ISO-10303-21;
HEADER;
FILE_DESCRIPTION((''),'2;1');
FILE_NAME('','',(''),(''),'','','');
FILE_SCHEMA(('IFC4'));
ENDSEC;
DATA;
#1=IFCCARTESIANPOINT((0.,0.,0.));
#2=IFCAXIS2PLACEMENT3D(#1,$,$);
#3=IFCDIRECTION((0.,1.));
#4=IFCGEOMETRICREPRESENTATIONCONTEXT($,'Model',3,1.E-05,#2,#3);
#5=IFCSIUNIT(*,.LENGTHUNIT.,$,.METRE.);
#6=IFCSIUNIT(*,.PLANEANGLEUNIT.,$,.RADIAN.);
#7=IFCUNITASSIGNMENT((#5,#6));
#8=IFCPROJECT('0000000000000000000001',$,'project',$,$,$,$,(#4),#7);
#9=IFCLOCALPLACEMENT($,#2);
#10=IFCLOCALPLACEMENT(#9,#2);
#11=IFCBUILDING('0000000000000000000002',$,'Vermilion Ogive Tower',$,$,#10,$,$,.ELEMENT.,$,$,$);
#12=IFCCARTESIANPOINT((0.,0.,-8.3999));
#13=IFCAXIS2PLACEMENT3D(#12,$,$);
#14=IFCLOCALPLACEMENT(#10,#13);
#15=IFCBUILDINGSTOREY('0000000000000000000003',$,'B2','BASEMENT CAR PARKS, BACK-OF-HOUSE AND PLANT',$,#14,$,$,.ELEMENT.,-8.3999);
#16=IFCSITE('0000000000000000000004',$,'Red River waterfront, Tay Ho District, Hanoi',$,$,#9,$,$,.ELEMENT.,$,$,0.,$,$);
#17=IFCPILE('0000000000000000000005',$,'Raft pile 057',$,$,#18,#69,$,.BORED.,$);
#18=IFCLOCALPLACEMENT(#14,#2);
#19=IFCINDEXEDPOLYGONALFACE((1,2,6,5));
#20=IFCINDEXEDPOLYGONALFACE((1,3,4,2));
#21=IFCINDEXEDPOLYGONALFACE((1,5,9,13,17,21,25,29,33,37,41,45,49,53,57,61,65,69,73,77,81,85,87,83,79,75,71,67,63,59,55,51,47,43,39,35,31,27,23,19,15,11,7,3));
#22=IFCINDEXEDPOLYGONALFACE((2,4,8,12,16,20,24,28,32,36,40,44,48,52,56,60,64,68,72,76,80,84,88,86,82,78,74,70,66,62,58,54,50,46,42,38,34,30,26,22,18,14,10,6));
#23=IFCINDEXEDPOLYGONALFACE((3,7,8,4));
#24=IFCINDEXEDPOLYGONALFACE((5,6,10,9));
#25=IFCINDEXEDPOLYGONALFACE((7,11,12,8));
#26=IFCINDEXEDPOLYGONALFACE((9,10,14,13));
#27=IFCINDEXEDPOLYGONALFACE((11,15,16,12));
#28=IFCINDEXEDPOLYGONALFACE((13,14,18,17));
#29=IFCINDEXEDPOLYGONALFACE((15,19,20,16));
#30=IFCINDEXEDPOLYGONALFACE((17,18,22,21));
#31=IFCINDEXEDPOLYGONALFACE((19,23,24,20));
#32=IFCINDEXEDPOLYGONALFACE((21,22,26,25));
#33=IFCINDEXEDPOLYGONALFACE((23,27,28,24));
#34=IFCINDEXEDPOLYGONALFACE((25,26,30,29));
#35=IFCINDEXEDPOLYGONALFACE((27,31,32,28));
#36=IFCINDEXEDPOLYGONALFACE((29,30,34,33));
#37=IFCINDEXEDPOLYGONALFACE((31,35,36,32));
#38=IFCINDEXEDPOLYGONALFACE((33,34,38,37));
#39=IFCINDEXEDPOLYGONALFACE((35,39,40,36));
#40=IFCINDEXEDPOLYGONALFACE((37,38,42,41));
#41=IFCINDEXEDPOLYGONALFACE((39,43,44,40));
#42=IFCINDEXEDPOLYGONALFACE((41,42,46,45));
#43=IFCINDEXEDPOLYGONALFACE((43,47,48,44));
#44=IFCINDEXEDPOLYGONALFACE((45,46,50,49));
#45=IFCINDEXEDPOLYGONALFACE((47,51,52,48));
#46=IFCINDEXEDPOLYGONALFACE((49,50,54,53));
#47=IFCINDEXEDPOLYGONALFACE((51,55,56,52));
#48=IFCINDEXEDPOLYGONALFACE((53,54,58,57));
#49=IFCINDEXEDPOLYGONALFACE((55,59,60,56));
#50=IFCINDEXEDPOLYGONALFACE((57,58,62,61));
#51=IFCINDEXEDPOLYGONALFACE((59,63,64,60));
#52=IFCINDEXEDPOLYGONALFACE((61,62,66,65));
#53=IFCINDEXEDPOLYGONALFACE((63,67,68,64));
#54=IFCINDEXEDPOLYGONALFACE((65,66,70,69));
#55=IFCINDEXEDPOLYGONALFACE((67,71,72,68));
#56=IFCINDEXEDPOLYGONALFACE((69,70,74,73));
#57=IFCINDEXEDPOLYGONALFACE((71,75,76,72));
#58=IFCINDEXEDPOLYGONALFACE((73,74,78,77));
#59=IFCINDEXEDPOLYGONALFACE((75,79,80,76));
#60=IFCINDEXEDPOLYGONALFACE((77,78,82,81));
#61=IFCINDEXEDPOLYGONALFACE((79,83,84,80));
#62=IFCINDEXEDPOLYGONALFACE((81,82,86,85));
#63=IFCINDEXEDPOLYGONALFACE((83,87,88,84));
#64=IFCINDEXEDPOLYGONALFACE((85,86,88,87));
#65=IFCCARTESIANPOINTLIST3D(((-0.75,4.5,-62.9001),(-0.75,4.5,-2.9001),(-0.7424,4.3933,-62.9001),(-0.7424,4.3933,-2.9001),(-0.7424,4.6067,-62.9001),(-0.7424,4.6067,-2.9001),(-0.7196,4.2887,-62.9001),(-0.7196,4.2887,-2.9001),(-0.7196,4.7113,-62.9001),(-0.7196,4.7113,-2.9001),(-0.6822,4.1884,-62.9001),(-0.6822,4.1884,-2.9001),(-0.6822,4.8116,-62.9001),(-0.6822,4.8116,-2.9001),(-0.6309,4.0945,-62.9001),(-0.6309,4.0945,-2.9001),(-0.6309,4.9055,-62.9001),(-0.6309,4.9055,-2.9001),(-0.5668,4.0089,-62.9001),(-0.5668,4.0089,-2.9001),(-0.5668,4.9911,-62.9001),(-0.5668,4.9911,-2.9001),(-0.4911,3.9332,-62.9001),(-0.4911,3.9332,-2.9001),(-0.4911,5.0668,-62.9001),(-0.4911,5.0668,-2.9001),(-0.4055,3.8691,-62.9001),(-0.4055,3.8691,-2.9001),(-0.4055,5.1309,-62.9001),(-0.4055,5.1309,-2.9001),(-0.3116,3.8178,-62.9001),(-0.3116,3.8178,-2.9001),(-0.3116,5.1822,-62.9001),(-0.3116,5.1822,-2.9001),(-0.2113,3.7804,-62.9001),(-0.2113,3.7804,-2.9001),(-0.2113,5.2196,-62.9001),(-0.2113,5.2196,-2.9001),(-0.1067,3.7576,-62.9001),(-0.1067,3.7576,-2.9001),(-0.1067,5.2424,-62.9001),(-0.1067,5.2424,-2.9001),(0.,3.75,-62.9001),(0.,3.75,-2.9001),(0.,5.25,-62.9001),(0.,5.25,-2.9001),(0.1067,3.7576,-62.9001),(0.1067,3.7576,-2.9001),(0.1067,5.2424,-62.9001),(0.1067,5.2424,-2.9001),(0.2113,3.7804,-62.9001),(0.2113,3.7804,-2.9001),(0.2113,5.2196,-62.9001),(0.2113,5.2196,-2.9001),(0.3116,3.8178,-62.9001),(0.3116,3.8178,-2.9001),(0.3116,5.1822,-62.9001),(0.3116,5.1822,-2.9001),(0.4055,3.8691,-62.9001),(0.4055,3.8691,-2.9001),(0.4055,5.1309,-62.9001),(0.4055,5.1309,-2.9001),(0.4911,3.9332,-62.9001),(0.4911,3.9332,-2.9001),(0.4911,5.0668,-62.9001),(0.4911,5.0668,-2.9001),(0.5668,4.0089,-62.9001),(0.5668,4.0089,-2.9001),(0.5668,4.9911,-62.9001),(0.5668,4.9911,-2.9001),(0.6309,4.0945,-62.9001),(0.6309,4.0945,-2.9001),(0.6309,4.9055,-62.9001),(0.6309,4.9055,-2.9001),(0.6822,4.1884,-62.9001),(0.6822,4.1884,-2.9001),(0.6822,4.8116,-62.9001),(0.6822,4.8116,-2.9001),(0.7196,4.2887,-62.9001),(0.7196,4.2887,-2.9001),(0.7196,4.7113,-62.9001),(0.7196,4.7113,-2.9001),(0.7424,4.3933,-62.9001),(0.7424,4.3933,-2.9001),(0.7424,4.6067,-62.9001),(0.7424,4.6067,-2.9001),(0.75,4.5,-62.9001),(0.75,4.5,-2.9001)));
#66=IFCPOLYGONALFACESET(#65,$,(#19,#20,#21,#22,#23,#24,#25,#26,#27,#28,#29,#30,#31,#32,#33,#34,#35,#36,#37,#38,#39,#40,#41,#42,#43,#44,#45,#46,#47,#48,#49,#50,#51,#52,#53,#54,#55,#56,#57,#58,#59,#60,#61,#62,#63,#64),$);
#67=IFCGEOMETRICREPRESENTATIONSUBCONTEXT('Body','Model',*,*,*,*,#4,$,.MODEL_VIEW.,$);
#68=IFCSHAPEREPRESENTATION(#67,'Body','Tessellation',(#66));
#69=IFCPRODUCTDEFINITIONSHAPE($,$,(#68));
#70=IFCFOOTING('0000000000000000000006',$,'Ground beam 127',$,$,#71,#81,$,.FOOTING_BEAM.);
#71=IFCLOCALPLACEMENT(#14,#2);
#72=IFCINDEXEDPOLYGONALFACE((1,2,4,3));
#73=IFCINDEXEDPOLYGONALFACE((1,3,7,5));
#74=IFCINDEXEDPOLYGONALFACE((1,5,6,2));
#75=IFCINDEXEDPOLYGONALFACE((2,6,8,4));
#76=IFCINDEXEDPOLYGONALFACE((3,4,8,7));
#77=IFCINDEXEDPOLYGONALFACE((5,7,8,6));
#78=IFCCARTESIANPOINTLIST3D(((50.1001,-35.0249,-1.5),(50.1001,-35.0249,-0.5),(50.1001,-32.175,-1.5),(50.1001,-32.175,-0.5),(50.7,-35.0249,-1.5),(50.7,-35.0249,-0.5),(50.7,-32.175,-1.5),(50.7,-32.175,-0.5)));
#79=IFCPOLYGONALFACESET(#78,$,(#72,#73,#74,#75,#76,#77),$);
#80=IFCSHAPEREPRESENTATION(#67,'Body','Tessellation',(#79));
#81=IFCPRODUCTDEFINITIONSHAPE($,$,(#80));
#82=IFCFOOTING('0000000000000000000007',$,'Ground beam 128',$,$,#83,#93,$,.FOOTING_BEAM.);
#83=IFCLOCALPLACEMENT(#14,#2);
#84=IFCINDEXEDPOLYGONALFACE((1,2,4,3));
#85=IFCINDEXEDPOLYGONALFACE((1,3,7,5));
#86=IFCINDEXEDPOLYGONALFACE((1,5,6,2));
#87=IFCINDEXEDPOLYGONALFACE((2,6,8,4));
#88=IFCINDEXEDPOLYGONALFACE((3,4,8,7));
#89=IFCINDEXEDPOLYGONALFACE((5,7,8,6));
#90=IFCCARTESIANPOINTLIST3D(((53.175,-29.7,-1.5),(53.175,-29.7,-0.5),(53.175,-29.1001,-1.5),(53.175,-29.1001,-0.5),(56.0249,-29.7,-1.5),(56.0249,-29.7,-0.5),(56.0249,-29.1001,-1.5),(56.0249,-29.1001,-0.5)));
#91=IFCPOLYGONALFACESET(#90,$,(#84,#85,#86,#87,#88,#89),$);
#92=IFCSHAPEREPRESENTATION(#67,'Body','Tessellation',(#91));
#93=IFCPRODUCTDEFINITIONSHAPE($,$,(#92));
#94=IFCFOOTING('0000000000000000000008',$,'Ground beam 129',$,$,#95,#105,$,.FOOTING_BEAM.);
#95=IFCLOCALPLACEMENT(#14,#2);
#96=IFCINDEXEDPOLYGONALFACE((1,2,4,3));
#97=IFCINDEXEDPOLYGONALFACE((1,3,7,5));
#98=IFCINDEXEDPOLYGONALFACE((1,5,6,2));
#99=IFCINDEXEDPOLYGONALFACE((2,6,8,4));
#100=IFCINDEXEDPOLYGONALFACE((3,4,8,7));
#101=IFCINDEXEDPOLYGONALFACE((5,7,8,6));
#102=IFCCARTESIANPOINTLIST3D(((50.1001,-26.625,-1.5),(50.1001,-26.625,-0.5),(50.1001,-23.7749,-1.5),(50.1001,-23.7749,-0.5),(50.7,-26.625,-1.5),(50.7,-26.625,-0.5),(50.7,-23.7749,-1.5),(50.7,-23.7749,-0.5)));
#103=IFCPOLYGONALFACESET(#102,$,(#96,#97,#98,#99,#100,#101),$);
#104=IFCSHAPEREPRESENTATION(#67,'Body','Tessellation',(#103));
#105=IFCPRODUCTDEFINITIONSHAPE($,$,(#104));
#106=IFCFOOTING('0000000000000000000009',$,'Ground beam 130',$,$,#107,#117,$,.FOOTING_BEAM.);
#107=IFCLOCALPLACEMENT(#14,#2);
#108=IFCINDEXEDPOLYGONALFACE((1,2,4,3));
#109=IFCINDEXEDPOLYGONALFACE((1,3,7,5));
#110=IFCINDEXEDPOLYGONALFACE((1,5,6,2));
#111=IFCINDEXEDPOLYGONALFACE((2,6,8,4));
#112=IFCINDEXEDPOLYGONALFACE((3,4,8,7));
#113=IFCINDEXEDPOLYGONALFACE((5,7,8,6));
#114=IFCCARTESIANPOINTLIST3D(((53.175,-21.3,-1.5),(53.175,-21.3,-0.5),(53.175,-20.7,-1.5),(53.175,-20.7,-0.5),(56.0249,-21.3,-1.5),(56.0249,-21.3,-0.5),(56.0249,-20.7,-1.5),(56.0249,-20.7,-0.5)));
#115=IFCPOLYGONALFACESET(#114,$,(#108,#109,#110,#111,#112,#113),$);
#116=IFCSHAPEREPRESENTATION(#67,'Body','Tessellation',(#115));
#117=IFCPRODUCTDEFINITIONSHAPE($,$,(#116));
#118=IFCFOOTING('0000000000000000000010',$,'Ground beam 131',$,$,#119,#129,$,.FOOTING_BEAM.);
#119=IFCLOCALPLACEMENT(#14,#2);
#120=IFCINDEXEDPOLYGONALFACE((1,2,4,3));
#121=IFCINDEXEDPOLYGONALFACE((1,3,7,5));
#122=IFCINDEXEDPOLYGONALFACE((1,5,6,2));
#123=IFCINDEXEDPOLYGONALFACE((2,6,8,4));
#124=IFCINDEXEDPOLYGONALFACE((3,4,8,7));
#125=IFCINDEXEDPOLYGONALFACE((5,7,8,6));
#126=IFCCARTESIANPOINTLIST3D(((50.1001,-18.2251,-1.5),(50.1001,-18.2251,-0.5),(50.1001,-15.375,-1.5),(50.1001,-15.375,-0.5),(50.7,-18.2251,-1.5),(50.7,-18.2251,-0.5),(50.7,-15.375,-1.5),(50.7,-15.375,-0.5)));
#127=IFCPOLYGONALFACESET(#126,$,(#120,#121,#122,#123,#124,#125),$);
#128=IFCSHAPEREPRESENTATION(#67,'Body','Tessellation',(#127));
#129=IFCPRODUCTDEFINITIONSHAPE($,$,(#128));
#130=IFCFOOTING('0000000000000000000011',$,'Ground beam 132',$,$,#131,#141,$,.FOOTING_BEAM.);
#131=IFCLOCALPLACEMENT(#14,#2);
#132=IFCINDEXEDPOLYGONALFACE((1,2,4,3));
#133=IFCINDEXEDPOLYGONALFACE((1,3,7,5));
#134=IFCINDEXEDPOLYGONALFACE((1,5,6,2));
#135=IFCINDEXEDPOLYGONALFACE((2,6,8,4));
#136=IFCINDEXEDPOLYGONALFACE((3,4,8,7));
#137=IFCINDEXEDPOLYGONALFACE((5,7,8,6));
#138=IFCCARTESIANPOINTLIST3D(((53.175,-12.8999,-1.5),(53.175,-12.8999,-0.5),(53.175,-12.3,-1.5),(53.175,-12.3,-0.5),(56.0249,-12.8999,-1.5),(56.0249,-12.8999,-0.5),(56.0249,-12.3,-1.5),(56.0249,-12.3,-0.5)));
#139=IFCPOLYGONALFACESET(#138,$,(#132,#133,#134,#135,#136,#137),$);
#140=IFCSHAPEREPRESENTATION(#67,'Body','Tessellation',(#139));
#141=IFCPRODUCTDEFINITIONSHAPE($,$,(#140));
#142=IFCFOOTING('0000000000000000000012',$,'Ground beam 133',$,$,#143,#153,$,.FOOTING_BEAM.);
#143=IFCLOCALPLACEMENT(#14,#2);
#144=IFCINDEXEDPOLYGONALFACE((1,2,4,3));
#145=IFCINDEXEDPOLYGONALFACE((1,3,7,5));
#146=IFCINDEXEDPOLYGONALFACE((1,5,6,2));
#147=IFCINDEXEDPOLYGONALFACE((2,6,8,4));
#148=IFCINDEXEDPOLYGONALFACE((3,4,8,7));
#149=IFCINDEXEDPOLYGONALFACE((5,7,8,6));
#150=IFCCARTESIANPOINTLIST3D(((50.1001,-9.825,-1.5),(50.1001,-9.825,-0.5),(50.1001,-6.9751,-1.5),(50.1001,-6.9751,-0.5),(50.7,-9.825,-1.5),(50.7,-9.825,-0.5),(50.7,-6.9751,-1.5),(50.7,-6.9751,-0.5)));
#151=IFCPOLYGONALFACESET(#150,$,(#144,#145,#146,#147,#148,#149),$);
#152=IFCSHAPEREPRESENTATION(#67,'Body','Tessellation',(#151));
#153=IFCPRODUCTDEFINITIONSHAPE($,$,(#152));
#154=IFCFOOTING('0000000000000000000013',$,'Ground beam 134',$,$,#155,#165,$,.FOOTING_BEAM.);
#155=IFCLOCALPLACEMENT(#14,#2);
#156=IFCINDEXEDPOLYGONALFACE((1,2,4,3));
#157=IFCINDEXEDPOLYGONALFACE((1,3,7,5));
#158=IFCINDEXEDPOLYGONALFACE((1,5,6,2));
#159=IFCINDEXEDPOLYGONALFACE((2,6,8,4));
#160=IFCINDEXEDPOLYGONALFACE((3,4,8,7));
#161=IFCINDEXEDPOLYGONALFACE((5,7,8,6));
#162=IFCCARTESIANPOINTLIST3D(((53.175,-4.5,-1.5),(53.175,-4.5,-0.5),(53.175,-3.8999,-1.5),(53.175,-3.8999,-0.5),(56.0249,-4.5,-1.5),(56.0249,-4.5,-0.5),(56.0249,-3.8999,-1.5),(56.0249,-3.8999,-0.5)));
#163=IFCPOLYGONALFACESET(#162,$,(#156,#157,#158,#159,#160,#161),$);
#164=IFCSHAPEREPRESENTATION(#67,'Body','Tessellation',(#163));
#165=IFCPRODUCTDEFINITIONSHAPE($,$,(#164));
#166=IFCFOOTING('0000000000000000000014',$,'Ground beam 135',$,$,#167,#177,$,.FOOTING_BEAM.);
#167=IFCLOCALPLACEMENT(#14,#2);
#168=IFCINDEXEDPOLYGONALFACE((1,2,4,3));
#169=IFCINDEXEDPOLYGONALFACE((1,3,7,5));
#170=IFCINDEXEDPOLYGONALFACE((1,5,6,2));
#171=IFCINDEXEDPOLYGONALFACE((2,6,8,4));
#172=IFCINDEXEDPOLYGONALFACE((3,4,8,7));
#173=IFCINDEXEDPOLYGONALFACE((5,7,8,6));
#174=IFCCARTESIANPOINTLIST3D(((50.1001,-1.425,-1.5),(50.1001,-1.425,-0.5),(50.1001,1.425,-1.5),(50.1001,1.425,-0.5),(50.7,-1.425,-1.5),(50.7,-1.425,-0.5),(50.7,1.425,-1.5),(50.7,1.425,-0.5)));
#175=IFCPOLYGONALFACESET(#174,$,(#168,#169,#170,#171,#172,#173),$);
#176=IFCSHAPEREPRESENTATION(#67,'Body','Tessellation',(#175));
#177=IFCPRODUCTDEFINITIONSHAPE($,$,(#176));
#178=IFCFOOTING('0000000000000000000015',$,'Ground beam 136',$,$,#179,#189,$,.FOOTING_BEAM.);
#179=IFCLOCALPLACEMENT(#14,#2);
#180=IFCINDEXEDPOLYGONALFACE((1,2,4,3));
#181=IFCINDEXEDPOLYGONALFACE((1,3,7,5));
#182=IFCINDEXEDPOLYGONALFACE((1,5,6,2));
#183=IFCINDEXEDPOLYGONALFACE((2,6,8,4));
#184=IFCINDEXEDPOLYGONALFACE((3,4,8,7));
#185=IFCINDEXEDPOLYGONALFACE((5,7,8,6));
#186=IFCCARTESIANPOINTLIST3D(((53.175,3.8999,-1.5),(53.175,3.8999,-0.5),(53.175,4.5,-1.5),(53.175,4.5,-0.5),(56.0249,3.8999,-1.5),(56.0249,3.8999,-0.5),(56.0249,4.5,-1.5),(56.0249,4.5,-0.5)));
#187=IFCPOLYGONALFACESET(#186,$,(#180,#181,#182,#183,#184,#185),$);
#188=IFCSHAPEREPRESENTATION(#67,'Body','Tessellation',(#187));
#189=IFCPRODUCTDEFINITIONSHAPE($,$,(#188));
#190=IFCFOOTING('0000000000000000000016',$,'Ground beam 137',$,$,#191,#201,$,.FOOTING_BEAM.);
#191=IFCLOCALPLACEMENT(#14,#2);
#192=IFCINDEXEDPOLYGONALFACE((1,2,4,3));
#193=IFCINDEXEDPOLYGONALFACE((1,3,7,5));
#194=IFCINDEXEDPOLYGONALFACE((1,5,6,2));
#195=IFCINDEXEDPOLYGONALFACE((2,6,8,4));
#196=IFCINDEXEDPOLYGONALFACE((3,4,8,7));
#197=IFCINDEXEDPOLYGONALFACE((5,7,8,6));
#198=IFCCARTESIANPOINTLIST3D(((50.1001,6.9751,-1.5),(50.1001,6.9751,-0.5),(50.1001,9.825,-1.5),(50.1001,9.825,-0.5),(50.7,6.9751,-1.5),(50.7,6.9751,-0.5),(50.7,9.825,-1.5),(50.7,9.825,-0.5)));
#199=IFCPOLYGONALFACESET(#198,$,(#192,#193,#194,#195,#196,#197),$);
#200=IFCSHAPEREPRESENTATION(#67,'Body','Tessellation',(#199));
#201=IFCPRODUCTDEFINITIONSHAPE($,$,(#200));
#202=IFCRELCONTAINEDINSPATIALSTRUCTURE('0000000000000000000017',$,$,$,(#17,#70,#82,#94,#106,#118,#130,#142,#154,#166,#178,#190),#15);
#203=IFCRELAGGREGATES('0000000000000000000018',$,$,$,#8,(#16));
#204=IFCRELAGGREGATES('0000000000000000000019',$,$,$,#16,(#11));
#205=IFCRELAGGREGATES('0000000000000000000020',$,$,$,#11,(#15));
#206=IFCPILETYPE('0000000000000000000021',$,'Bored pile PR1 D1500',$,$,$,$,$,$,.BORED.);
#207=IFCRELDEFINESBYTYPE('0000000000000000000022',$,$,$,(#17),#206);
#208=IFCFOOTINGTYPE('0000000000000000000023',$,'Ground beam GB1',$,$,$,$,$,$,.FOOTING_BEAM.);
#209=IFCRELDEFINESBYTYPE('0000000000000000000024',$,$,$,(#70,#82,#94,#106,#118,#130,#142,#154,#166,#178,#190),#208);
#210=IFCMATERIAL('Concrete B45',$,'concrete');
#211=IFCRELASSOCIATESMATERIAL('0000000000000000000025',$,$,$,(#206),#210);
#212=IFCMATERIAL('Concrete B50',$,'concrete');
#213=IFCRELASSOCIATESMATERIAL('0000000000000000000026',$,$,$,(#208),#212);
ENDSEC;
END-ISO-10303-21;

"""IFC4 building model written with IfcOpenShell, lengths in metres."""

from ifc_helpers import new_model, si_unit, direction, frame, origin, origin_2d, place, context, subcontext, project, spatial, polyline, circle, outline, extrude, material, type_object, element, save


model = new_model("IFC4")

# Units and contexts
model_context = context("Model", 3, precision=1e-05, world=origin(), true_north=direction((0.0, 1.0)))
body_context = subcontext(model_context, "Body", "Model", "MODEL_VIEW")
ifc_project = project(units=[si_unit("LENGTHUNIT", "METRE"), si_unit("PLANEANGLEUNIT", "RADIAN")], contexts=[model_context])

# Site, building, storey
site_placement = place(None, origin())
site = spatial("IfcSite", under=ifc_project, at=site_placement, Name="Red River waterfront, Tay Ho District, Hanoi", CompositionType="ELEMENT", RefElevation=0.0)
building_placement = place(site_placement, origin())
building = spatial("IfcBuilding", under=site, at=building_placement, Name="Vermilion Ogive Tower", CompositionType="ELEMENT")
storey_placement = place(building_placement, frame((0.0, 0.0, -8.3999)))
storey = spatial("IfcBuildingStorey", under=building, at=storey_placement, Name="B2", Description="BASEMENT CAR PARKS, BACK-OF-HOUSE AND PLANT", CompositionType="ELEMENT", Elevation=-8.3999)

# Pile
ifc_material_1 = material(Name="Concrete B45", Category="concrete")
pile_type = type_object("IfcPileType", Name="Bored pile PR1 D1500", PredefinedType="BORED", material=ifc_material_1)
pile_placement = place(storey_placement, frame((0.0, 4.5, -2.9001), z_axis=(0.0, 0.0, -1.0), x_axis=(1.0, 0.0, 0.0)))
element("IfcPile", 1, at=pile_placement, inside=storey, type_object=pile_type, Name="Raft pile 057", PredefinedType="BORED", context=body_context, shape_type="SweptSolid", body=[
    extrude(circle(Radius=0.75, at=origin_2d()), origin(), (0.0, 0.0, 1.0), 60.0),
])

# Footings
ifc_material_2 = material(Name="Concrete B50", Category="concrete")
footing_type = type_object("IfcFootingType", Name="Ground beam GB1", PredefinedType="FOOTING_BEAM", material=ifc_material_2)
footing_1_placement = place(storey_placement, frame((0.0, 0.0, -1.5)))
element("IfcFooting", 2, at=footing_1_placement, inside=storey, type_object=footing_type, Name="Ground beam 127", PredefinedType="FOOTING_BEAM", context=body_context, shape_type="SweptSolid", body=[
    extrude(outline(polyline([(50.7, -35.0249), (50.7, -32.175), (50.1001, -32.175), (50.1001, -35.0249), (50.7, -35.0249)])), origin(), (0.0, 0.0, 1.0), 1.0),
])
footing_2_placement = place(storey_placement, frame((0.0, 0.0, -1.5)))
element("IfcFooting", 3, at=footing_2_placement, inside=storey, type_object=footing_type, Name="Ground beam 128", PredefinedType="FOOTING_BEAM", context=body_context, shape_type="SweptSolid", body=[
    extrude(outline(polyline([(56.0249, -29.7), (56.0249, -29.1001), (53.175, -29.1001), (53.175, -29.7), (56.0249, -29.7)])), origin(), (0.0, 0.0, 1.0), 1.0),
])
footing_3_placement = place(storey_placement, frame((0.0, 0.0, -1.5)))
element("IfcFooting", 4, at=footing_3_placement, inside=storey, type_object=footing_type, Name="Ground beam 129", PredefinedType="FOOTING_BEAM", context=body_context, shape_type="SweptSolid", body=[
    extrude(outline(polyline([(50.7, -26.625), (50.7, -23.7749), (50.1001, -23.7749), (50.1001, -26.625), (50.7, -26.625)])), origin(), (0.0, 0.0, 1.0), 1.0),
])
footing_4_placement = place(storey_placement, frame((0.0, 0.0, -1.5)))
element("IfcFooting", 5, at=footing_4_placement, inside=storey, type_object=footing_type, Name="Ground beam 130", PredefinedType="FOOTING_BEAM", context=body_context, shape_type="SweptSolid", body=[
    extrude(outline(polyline([(56.0249, -21.3), (56.0249, -20.7), (53.175, -20.7), (53.175, -21.3), (56.0249, -21.3)])), origin(), (0.0, 0.0, 1.0), 1.0),
])
footing_5_placement = place(storey_placement, frame((0.0, 0.0, -1.5)))
element("IfcFooting", 6, at=footing_5_placement, inside=storey, type_object=footing_type, Name="Ground beam 131", PredefinedType="FOOTING_BEAM", context=body_context, shape_type="SweptSolid", body=[
    extrude(outline(polyline([(50.7, -18.2251), (50.7, -15.375), (50.1001, -15.375), (50.1001, -18.2251), (50.7, -18.2251)])), origin(), (0.0, 0.0, 1.0), 1.0),
])
footing_6_placement = place(storey_placement, frame((0.0, 0.0, -1.5)))
element("IfcFooting", 7, at=footing_6_placement, inside=storey, type_object=footing_type, Name="Ground beam 132", PredefinedType="FOOTING_BEAM", context=body_context, shape_type="SweptSolid", body=[
    extrude(outline(polyline([(56.0249, -12.8999), (56.0249, -12.3), (53.175, -12.3), (53.175, -12.8999), (56.0249, -12.8999)])), origin(), (0.0, 0.0, 1.0), 1.0),
])
footing_7_placement = place(storey_placement, frame((0.0, 0.0, -1.5)))
element("IfcFooting", 8, at=footing_7_placement, inside=storey, type_object=footing_type, Name="Ground beam 133", PredefinedType="FOOTING_BEAM", context=body_context, shape_type="SweptSolid", body=[
    extrude(outline(polyline([(50.7, -9.825), (50.7, -6.9751), (50.1001, -6.9751), (50.1001, -9.825), (50.7, -9.825)])), origin(), (0.0, 0.0, 1.0), 1.0),
])
footing_8_placement = place(storey_placement, frame((0.0, 0.0, -1.5)))
element("IfcFooting", 9, at=footing_8_placement, inside=storey, type_object=footing_type, Name="Ground beam 134", PredefinedType="FOOTING_BEAM", context=body_context, shape_type="SweptSolid", body=[
    extrude(outline(polyline([(56.0249, -4.5), (56.0249, -3.8999), (53.175, -3.8999), (53.175, -4.5), (56.0249, -4.5)])), origin(), (0.0, 0.0, 1.0), 1.0),
])
footing_9_placement = place(storey_placement, frame((0.0, 0.0, -1.5)))
element("IfcFooting", 10, at=footing_9_placement, inside=storey, type_object=footing_type, Name="Ground beam 135", PredefinedType="FOOTING_BEAM", context=body_context, shape_type="SweptSolid", body=[
    extrude(outline(polyline([(50.7, -1.425), (50.7, 1.425), (50.1001, 1.425), (50.1001, -1.425), (50.7, -1.425)])), origin(), (0.0, 0.0, 1.0), 1.0),
])
footing_10_placement = place(storey_placement, frame((0.0, 0.0, -1.5)))
element("IfcFooting", 11, at=footing_10_placement, inside=storey, type_object=footing_type, Name="Ground beam 136", PredefinedType="FOOTING_BEAM", context=body_context, shape_type="SweptSolid", body=[
    extrude(outline(polyline([(56.0249, 3.8999), (56.0249, 4.5), (53.175, 4.5), (53.175, 3.8999), (56.0249, 3.8999)])), origin(), (0.0, 0.0, 1.0), 1.0),
])
footing_11_placement = place(storey_placement, frame((0.0, 0.0, -1.5)))
element("IfcFooting", 12, at=footing_11_placement, inside=storey, type_object=footing_type, Name="Ground beam 137", PredefinedType="FOOTING_BEAM", context=body_context, shape_type="SweptSolid", body=[
    extrude(outline(polyline([(50.7, 6.9751), (50.7, 9.825), (50.1001, 9.825), (50.1001, 6.9751), (50.7, 6.9751)])), origin(), (0.0, 0.0, 1.0), 1.0),
])

save(model, "model.ifc")
